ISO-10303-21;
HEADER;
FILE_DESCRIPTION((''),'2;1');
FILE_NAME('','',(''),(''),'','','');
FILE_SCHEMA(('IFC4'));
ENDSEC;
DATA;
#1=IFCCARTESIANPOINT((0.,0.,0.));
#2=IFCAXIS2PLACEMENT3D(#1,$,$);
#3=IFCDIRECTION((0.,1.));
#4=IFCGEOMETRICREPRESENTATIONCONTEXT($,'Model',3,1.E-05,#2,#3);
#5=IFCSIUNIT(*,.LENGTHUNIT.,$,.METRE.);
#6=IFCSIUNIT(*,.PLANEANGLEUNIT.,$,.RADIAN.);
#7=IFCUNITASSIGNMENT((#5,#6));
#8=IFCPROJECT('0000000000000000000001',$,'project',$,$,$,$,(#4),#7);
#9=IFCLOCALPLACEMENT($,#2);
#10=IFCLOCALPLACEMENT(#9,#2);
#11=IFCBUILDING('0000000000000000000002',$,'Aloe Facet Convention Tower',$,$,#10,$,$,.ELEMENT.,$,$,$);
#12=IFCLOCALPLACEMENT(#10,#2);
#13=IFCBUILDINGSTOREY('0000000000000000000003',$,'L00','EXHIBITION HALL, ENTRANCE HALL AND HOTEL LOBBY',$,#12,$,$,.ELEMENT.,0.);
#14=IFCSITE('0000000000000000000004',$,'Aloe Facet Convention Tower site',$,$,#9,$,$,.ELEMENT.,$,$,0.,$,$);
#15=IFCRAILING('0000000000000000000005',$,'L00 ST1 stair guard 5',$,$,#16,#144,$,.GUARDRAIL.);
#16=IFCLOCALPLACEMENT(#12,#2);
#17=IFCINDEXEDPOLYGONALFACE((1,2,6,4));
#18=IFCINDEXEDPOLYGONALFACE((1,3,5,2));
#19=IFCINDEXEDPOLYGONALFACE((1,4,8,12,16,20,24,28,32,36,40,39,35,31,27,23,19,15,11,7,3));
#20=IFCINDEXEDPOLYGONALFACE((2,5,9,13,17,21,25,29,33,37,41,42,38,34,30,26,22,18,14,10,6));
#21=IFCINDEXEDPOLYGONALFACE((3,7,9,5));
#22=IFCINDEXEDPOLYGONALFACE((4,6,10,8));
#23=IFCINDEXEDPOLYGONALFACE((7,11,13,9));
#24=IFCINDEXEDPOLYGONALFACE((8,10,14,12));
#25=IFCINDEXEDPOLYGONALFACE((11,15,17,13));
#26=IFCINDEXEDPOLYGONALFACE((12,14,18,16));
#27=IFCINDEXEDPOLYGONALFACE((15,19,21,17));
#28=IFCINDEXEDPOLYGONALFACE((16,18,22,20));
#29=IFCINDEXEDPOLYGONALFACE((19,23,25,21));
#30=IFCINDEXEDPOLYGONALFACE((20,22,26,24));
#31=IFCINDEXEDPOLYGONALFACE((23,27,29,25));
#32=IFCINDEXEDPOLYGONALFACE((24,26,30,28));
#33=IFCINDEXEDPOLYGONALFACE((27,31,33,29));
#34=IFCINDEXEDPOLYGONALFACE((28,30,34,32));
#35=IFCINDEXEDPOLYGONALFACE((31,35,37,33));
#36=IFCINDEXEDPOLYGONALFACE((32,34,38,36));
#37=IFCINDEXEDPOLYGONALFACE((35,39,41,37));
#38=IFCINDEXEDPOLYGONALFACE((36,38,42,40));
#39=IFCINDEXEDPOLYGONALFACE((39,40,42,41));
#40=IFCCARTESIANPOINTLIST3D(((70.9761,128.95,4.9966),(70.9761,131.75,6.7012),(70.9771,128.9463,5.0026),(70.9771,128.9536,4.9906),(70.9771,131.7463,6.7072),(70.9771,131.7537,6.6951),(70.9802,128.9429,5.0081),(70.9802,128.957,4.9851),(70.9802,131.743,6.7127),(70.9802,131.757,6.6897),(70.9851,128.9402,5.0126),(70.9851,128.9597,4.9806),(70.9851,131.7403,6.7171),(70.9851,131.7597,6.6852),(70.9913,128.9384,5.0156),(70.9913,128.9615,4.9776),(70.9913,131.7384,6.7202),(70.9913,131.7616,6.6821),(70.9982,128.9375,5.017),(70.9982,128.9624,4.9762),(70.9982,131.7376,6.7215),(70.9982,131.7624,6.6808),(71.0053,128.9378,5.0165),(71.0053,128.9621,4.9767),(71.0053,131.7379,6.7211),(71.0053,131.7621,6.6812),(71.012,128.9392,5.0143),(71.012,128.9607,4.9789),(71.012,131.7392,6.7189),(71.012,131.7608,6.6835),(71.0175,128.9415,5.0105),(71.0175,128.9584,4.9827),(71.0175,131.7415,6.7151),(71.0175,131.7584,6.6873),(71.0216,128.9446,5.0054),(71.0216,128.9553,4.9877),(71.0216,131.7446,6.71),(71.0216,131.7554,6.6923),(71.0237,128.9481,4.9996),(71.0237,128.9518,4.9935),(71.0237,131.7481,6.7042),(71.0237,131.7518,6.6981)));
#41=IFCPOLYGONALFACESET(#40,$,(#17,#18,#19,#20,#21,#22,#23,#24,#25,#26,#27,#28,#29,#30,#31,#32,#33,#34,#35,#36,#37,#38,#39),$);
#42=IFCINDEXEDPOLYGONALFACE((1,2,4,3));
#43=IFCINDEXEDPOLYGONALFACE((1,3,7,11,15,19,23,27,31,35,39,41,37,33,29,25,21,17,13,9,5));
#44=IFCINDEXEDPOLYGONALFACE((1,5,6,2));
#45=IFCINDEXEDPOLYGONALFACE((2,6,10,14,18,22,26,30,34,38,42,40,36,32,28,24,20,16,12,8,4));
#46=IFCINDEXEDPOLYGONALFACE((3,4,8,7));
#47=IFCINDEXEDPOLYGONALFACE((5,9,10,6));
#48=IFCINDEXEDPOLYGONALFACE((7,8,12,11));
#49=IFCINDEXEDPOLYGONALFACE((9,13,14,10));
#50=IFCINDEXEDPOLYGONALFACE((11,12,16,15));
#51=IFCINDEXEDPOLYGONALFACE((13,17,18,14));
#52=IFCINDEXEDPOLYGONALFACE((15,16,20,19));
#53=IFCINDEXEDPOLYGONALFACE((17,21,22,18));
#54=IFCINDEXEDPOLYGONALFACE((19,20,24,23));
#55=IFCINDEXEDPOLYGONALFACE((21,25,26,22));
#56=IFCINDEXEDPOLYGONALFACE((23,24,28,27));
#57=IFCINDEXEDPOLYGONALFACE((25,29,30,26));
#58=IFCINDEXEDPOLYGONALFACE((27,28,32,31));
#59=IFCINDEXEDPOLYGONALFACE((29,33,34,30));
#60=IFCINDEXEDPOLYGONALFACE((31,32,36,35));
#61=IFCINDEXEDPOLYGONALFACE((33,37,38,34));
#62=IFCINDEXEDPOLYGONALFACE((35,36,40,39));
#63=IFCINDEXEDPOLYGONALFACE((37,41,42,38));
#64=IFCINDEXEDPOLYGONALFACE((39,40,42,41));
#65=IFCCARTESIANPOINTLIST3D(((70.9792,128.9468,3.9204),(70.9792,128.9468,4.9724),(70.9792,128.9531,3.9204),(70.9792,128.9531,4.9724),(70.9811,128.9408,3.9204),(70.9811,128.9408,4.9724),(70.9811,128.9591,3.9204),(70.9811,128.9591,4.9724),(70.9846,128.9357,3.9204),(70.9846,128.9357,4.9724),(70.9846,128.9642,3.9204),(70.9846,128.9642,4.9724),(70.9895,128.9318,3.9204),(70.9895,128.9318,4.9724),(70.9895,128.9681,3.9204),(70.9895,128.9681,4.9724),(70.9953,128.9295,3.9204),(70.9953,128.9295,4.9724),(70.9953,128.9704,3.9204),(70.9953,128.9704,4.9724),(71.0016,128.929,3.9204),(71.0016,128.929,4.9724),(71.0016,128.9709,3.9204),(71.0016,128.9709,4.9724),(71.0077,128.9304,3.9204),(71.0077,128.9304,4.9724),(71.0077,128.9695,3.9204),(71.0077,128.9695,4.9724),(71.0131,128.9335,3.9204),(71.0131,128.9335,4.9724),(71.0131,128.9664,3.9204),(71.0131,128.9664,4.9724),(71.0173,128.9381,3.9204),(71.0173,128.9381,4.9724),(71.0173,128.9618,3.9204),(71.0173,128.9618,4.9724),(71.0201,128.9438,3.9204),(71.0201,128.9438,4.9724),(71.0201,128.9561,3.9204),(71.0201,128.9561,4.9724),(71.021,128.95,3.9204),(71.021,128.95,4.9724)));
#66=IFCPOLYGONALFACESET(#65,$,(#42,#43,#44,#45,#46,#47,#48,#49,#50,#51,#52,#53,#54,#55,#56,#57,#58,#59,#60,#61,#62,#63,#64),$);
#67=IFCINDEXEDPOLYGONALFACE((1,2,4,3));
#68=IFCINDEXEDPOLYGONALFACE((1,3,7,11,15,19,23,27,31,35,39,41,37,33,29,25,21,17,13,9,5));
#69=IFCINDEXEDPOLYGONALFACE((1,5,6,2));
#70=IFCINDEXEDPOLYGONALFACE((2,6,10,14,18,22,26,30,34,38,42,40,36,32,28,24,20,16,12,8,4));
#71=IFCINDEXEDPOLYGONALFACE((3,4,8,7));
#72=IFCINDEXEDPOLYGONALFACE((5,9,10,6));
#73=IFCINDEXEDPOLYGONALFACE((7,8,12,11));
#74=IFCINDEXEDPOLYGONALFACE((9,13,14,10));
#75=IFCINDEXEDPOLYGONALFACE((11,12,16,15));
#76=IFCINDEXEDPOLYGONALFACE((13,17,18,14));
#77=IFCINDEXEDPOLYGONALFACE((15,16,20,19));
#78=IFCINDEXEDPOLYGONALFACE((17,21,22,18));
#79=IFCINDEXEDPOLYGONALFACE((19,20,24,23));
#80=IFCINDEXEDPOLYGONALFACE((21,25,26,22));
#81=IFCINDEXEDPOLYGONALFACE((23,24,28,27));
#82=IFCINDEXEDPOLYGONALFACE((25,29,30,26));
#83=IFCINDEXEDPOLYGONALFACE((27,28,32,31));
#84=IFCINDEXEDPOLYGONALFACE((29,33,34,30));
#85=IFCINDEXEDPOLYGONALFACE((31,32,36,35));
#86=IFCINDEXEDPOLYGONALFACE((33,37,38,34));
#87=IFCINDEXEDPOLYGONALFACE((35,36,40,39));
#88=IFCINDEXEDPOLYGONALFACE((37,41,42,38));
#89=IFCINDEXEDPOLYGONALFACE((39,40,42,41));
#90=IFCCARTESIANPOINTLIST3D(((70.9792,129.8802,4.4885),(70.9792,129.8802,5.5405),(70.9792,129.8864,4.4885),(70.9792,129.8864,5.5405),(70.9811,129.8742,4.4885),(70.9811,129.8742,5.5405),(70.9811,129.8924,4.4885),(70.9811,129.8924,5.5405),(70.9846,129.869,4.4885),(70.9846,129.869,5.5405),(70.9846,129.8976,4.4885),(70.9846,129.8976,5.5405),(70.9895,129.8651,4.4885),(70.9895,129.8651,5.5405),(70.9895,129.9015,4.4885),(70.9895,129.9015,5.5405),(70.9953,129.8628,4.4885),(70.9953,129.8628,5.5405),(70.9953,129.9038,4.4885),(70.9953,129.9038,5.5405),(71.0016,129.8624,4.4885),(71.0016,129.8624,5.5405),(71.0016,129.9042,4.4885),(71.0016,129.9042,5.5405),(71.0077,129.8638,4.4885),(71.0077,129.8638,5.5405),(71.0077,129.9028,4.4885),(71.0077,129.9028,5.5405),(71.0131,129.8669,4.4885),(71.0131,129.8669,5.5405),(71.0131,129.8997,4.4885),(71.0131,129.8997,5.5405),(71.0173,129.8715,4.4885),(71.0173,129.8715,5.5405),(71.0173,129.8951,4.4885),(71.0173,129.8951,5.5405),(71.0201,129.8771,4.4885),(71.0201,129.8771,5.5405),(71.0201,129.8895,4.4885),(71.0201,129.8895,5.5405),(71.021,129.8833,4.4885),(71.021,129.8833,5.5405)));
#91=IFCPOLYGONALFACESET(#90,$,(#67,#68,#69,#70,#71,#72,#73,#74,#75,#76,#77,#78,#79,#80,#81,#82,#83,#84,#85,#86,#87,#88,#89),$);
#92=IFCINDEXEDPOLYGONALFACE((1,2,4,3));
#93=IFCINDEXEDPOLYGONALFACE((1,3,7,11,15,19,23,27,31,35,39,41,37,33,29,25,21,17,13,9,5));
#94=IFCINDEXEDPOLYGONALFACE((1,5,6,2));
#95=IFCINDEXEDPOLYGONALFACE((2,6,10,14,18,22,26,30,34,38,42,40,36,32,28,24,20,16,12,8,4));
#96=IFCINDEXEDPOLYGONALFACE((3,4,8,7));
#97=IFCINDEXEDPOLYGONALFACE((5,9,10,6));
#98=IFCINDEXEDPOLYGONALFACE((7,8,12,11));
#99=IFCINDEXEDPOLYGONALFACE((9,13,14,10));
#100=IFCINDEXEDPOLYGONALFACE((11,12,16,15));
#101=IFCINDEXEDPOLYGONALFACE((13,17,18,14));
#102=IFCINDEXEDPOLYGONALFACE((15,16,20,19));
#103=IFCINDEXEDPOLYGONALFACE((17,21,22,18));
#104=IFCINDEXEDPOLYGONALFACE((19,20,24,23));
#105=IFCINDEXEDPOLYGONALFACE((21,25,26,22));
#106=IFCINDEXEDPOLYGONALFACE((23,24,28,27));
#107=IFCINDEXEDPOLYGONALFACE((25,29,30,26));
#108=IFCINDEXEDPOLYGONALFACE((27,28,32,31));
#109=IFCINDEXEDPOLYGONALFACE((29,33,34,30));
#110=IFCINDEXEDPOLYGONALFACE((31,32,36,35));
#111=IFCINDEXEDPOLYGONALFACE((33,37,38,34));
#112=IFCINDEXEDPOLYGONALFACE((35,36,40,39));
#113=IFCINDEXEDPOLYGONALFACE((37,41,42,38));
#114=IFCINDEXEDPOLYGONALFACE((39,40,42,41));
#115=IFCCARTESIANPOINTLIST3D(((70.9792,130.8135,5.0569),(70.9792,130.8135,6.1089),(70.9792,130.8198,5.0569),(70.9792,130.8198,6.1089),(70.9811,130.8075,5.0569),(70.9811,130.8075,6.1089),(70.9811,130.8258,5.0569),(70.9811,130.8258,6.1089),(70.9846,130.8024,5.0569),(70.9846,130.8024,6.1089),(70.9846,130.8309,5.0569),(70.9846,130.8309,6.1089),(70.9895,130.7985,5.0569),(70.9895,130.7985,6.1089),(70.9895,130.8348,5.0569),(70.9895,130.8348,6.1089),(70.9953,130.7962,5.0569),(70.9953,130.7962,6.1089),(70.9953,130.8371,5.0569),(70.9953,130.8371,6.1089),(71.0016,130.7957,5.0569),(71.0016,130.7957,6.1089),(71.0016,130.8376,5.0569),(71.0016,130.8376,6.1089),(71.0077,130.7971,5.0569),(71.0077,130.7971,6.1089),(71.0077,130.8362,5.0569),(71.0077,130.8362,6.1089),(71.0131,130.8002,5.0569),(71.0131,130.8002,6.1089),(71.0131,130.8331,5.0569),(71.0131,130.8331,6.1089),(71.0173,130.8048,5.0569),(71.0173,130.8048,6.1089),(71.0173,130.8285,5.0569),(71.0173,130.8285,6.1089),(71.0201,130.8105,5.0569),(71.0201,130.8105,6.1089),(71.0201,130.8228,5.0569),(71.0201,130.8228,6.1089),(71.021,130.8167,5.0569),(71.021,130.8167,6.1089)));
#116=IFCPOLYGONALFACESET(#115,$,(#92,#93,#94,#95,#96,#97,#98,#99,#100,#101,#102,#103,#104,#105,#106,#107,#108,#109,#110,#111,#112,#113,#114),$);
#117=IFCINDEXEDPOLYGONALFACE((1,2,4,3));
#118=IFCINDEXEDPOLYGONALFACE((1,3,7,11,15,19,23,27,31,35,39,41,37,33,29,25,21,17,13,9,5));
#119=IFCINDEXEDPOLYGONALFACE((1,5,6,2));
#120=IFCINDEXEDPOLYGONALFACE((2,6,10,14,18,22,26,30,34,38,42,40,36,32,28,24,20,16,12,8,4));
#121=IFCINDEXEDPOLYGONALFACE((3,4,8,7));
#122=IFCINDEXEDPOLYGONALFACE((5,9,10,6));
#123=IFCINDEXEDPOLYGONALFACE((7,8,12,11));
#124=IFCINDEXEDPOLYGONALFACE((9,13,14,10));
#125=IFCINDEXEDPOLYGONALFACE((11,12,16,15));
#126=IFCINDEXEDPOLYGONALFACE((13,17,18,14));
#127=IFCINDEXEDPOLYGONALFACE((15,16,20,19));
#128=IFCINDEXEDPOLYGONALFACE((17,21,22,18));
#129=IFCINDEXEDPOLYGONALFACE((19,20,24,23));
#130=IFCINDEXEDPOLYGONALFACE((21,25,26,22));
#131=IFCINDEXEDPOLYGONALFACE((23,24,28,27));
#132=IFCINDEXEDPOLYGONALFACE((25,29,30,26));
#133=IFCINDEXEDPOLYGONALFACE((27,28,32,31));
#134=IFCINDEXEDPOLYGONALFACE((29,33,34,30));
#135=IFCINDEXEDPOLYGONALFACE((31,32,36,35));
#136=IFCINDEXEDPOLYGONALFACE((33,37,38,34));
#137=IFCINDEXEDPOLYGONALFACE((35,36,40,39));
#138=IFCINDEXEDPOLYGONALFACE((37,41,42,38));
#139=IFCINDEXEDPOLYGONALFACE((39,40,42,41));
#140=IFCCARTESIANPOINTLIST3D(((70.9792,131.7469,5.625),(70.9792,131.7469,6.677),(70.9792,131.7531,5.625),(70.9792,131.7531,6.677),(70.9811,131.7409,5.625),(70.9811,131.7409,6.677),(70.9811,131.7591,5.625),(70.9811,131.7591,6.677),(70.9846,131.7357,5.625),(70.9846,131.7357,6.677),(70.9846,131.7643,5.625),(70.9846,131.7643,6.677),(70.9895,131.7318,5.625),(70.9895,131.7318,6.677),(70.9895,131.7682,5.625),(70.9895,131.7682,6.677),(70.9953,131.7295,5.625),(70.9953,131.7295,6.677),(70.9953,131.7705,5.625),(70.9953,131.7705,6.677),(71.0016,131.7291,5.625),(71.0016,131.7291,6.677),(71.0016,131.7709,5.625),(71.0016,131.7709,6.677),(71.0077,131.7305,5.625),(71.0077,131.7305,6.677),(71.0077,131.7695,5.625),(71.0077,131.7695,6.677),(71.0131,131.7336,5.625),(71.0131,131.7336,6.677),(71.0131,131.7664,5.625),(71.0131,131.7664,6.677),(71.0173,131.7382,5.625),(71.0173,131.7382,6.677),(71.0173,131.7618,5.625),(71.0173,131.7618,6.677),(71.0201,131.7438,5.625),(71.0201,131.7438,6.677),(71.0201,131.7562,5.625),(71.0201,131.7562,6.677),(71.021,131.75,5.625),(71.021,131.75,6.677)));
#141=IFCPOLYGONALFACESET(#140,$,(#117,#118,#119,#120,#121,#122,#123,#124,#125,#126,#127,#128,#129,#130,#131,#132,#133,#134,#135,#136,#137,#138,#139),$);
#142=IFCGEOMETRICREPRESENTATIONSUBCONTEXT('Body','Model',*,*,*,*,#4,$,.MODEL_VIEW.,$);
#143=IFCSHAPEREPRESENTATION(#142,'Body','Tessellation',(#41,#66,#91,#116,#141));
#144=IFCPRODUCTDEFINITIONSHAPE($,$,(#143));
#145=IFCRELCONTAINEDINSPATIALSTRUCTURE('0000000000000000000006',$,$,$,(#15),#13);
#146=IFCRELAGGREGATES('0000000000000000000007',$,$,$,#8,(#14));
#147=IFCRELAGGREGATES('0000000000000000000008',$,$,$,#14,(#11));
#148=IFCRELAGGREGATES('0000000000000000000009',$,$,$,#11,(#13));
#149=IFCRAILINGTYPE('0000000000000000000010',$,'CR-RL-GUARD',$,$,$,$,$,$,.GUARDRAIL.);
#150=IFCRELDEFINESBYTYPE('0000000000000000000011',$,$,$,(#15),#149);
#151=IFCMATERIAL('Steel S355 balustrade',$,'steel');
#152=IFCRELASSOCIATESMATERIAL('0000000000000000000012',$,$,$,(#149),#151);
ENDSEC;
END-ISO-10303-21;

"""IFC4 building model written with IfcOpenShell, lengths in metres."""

from ifc_helpers import new_model, si_unit, direction, frame, origin, origin_2d, place, context, subcontext, project, spatial, circle, extrude, material, type_object, element, save


model = new_model("IFC4")

# Units and contexts
model_context = context("Model", 3, precision=1e-05, world=origin(), true_north=direction((0.0, 1.0)))
body_context = subcontext(model_context, "Body", "Model", "MODEL_VIEW")
ifc_project = project(units=[si_unit("LENGTHUNIT", "METRE"), si_unit("PLANEANGLEUNIT", "RADIAN")], contexts=[model_context])

# Site, building, storey
site_placement = place(None, origin())
site = spatial("IfcSite", under=ifc_project, at=site_placement, Name="Aloe Facet Convention Tower site", CompositionType="ELEMENT", RefElevation=0.0)
building_placement = place(site_placement, origin())
building = spatial("IfcBuilding", under=site, at=building_placement, Name="Aloe Facet Convention Tower", CompositionType="ELEMENT")
storey_placement = place(building_placement, origin())
storey = spatial("IfcBuildingStorey", under=building, at=storey_placement, Name="L00", Description="EXHIBITION HALL, ENTRANCE HALL AND HOTEL LOBBY", CompositionType="ELEMENT", Elevation=0.0)

# Railing
ifc_material_1 = material(Name="Steel S355 balustrade", Category="steel")
railing_type = type_object("IfcRailingType", Name="CR-RL-GUARD", PredefinedType="GUARDRAIL", material=ifc_material_1)
railing_1_placement = place(storey_placement, frame((71.0, 128.95, 3.9204)))
element("IfcRailing", 1, at=railing_1_placement, inside=storey, type_object=railing_type, Name="L00 ST1 stair guard 5", PredefinedType="GUARDRAIL", context=body_context, shape_type="SweptSolid", body=[
    extrude(circle(Radius=0.0239, at=origin_2d()), frame((0.0, 0.0, 1.0762), z_axis=(0.0, 0.85417, 0.519994), x_axis=(-1.0, 0.0, 0.0)), (0.0, 0.0, 1.0), 3.2781),
    extrude(circle(Radius=0.021, at=origin_2d()), origin(), (0.0, 0.0, 1.0), 1.052),
    extrude(circle(Radius=0.021, at=origin_2d()), frame((0.0, 0.9333, 0.5681)), (0.0, 0.0, 1.0), 1.052),
    extrude(circle(Radius=0.021, at=origin_2d()), frame((0.0, 1.8667, 1.1365)), (0.0, 0.0, 1.0), 1.052),
    extrude(circle(Radius=0.021, at=origin_2d()), frame((0.0, 2.8, 1.7046)), (0.0, 0.0, 1.0), 1.052),
])

save(model, "model.ifc")
